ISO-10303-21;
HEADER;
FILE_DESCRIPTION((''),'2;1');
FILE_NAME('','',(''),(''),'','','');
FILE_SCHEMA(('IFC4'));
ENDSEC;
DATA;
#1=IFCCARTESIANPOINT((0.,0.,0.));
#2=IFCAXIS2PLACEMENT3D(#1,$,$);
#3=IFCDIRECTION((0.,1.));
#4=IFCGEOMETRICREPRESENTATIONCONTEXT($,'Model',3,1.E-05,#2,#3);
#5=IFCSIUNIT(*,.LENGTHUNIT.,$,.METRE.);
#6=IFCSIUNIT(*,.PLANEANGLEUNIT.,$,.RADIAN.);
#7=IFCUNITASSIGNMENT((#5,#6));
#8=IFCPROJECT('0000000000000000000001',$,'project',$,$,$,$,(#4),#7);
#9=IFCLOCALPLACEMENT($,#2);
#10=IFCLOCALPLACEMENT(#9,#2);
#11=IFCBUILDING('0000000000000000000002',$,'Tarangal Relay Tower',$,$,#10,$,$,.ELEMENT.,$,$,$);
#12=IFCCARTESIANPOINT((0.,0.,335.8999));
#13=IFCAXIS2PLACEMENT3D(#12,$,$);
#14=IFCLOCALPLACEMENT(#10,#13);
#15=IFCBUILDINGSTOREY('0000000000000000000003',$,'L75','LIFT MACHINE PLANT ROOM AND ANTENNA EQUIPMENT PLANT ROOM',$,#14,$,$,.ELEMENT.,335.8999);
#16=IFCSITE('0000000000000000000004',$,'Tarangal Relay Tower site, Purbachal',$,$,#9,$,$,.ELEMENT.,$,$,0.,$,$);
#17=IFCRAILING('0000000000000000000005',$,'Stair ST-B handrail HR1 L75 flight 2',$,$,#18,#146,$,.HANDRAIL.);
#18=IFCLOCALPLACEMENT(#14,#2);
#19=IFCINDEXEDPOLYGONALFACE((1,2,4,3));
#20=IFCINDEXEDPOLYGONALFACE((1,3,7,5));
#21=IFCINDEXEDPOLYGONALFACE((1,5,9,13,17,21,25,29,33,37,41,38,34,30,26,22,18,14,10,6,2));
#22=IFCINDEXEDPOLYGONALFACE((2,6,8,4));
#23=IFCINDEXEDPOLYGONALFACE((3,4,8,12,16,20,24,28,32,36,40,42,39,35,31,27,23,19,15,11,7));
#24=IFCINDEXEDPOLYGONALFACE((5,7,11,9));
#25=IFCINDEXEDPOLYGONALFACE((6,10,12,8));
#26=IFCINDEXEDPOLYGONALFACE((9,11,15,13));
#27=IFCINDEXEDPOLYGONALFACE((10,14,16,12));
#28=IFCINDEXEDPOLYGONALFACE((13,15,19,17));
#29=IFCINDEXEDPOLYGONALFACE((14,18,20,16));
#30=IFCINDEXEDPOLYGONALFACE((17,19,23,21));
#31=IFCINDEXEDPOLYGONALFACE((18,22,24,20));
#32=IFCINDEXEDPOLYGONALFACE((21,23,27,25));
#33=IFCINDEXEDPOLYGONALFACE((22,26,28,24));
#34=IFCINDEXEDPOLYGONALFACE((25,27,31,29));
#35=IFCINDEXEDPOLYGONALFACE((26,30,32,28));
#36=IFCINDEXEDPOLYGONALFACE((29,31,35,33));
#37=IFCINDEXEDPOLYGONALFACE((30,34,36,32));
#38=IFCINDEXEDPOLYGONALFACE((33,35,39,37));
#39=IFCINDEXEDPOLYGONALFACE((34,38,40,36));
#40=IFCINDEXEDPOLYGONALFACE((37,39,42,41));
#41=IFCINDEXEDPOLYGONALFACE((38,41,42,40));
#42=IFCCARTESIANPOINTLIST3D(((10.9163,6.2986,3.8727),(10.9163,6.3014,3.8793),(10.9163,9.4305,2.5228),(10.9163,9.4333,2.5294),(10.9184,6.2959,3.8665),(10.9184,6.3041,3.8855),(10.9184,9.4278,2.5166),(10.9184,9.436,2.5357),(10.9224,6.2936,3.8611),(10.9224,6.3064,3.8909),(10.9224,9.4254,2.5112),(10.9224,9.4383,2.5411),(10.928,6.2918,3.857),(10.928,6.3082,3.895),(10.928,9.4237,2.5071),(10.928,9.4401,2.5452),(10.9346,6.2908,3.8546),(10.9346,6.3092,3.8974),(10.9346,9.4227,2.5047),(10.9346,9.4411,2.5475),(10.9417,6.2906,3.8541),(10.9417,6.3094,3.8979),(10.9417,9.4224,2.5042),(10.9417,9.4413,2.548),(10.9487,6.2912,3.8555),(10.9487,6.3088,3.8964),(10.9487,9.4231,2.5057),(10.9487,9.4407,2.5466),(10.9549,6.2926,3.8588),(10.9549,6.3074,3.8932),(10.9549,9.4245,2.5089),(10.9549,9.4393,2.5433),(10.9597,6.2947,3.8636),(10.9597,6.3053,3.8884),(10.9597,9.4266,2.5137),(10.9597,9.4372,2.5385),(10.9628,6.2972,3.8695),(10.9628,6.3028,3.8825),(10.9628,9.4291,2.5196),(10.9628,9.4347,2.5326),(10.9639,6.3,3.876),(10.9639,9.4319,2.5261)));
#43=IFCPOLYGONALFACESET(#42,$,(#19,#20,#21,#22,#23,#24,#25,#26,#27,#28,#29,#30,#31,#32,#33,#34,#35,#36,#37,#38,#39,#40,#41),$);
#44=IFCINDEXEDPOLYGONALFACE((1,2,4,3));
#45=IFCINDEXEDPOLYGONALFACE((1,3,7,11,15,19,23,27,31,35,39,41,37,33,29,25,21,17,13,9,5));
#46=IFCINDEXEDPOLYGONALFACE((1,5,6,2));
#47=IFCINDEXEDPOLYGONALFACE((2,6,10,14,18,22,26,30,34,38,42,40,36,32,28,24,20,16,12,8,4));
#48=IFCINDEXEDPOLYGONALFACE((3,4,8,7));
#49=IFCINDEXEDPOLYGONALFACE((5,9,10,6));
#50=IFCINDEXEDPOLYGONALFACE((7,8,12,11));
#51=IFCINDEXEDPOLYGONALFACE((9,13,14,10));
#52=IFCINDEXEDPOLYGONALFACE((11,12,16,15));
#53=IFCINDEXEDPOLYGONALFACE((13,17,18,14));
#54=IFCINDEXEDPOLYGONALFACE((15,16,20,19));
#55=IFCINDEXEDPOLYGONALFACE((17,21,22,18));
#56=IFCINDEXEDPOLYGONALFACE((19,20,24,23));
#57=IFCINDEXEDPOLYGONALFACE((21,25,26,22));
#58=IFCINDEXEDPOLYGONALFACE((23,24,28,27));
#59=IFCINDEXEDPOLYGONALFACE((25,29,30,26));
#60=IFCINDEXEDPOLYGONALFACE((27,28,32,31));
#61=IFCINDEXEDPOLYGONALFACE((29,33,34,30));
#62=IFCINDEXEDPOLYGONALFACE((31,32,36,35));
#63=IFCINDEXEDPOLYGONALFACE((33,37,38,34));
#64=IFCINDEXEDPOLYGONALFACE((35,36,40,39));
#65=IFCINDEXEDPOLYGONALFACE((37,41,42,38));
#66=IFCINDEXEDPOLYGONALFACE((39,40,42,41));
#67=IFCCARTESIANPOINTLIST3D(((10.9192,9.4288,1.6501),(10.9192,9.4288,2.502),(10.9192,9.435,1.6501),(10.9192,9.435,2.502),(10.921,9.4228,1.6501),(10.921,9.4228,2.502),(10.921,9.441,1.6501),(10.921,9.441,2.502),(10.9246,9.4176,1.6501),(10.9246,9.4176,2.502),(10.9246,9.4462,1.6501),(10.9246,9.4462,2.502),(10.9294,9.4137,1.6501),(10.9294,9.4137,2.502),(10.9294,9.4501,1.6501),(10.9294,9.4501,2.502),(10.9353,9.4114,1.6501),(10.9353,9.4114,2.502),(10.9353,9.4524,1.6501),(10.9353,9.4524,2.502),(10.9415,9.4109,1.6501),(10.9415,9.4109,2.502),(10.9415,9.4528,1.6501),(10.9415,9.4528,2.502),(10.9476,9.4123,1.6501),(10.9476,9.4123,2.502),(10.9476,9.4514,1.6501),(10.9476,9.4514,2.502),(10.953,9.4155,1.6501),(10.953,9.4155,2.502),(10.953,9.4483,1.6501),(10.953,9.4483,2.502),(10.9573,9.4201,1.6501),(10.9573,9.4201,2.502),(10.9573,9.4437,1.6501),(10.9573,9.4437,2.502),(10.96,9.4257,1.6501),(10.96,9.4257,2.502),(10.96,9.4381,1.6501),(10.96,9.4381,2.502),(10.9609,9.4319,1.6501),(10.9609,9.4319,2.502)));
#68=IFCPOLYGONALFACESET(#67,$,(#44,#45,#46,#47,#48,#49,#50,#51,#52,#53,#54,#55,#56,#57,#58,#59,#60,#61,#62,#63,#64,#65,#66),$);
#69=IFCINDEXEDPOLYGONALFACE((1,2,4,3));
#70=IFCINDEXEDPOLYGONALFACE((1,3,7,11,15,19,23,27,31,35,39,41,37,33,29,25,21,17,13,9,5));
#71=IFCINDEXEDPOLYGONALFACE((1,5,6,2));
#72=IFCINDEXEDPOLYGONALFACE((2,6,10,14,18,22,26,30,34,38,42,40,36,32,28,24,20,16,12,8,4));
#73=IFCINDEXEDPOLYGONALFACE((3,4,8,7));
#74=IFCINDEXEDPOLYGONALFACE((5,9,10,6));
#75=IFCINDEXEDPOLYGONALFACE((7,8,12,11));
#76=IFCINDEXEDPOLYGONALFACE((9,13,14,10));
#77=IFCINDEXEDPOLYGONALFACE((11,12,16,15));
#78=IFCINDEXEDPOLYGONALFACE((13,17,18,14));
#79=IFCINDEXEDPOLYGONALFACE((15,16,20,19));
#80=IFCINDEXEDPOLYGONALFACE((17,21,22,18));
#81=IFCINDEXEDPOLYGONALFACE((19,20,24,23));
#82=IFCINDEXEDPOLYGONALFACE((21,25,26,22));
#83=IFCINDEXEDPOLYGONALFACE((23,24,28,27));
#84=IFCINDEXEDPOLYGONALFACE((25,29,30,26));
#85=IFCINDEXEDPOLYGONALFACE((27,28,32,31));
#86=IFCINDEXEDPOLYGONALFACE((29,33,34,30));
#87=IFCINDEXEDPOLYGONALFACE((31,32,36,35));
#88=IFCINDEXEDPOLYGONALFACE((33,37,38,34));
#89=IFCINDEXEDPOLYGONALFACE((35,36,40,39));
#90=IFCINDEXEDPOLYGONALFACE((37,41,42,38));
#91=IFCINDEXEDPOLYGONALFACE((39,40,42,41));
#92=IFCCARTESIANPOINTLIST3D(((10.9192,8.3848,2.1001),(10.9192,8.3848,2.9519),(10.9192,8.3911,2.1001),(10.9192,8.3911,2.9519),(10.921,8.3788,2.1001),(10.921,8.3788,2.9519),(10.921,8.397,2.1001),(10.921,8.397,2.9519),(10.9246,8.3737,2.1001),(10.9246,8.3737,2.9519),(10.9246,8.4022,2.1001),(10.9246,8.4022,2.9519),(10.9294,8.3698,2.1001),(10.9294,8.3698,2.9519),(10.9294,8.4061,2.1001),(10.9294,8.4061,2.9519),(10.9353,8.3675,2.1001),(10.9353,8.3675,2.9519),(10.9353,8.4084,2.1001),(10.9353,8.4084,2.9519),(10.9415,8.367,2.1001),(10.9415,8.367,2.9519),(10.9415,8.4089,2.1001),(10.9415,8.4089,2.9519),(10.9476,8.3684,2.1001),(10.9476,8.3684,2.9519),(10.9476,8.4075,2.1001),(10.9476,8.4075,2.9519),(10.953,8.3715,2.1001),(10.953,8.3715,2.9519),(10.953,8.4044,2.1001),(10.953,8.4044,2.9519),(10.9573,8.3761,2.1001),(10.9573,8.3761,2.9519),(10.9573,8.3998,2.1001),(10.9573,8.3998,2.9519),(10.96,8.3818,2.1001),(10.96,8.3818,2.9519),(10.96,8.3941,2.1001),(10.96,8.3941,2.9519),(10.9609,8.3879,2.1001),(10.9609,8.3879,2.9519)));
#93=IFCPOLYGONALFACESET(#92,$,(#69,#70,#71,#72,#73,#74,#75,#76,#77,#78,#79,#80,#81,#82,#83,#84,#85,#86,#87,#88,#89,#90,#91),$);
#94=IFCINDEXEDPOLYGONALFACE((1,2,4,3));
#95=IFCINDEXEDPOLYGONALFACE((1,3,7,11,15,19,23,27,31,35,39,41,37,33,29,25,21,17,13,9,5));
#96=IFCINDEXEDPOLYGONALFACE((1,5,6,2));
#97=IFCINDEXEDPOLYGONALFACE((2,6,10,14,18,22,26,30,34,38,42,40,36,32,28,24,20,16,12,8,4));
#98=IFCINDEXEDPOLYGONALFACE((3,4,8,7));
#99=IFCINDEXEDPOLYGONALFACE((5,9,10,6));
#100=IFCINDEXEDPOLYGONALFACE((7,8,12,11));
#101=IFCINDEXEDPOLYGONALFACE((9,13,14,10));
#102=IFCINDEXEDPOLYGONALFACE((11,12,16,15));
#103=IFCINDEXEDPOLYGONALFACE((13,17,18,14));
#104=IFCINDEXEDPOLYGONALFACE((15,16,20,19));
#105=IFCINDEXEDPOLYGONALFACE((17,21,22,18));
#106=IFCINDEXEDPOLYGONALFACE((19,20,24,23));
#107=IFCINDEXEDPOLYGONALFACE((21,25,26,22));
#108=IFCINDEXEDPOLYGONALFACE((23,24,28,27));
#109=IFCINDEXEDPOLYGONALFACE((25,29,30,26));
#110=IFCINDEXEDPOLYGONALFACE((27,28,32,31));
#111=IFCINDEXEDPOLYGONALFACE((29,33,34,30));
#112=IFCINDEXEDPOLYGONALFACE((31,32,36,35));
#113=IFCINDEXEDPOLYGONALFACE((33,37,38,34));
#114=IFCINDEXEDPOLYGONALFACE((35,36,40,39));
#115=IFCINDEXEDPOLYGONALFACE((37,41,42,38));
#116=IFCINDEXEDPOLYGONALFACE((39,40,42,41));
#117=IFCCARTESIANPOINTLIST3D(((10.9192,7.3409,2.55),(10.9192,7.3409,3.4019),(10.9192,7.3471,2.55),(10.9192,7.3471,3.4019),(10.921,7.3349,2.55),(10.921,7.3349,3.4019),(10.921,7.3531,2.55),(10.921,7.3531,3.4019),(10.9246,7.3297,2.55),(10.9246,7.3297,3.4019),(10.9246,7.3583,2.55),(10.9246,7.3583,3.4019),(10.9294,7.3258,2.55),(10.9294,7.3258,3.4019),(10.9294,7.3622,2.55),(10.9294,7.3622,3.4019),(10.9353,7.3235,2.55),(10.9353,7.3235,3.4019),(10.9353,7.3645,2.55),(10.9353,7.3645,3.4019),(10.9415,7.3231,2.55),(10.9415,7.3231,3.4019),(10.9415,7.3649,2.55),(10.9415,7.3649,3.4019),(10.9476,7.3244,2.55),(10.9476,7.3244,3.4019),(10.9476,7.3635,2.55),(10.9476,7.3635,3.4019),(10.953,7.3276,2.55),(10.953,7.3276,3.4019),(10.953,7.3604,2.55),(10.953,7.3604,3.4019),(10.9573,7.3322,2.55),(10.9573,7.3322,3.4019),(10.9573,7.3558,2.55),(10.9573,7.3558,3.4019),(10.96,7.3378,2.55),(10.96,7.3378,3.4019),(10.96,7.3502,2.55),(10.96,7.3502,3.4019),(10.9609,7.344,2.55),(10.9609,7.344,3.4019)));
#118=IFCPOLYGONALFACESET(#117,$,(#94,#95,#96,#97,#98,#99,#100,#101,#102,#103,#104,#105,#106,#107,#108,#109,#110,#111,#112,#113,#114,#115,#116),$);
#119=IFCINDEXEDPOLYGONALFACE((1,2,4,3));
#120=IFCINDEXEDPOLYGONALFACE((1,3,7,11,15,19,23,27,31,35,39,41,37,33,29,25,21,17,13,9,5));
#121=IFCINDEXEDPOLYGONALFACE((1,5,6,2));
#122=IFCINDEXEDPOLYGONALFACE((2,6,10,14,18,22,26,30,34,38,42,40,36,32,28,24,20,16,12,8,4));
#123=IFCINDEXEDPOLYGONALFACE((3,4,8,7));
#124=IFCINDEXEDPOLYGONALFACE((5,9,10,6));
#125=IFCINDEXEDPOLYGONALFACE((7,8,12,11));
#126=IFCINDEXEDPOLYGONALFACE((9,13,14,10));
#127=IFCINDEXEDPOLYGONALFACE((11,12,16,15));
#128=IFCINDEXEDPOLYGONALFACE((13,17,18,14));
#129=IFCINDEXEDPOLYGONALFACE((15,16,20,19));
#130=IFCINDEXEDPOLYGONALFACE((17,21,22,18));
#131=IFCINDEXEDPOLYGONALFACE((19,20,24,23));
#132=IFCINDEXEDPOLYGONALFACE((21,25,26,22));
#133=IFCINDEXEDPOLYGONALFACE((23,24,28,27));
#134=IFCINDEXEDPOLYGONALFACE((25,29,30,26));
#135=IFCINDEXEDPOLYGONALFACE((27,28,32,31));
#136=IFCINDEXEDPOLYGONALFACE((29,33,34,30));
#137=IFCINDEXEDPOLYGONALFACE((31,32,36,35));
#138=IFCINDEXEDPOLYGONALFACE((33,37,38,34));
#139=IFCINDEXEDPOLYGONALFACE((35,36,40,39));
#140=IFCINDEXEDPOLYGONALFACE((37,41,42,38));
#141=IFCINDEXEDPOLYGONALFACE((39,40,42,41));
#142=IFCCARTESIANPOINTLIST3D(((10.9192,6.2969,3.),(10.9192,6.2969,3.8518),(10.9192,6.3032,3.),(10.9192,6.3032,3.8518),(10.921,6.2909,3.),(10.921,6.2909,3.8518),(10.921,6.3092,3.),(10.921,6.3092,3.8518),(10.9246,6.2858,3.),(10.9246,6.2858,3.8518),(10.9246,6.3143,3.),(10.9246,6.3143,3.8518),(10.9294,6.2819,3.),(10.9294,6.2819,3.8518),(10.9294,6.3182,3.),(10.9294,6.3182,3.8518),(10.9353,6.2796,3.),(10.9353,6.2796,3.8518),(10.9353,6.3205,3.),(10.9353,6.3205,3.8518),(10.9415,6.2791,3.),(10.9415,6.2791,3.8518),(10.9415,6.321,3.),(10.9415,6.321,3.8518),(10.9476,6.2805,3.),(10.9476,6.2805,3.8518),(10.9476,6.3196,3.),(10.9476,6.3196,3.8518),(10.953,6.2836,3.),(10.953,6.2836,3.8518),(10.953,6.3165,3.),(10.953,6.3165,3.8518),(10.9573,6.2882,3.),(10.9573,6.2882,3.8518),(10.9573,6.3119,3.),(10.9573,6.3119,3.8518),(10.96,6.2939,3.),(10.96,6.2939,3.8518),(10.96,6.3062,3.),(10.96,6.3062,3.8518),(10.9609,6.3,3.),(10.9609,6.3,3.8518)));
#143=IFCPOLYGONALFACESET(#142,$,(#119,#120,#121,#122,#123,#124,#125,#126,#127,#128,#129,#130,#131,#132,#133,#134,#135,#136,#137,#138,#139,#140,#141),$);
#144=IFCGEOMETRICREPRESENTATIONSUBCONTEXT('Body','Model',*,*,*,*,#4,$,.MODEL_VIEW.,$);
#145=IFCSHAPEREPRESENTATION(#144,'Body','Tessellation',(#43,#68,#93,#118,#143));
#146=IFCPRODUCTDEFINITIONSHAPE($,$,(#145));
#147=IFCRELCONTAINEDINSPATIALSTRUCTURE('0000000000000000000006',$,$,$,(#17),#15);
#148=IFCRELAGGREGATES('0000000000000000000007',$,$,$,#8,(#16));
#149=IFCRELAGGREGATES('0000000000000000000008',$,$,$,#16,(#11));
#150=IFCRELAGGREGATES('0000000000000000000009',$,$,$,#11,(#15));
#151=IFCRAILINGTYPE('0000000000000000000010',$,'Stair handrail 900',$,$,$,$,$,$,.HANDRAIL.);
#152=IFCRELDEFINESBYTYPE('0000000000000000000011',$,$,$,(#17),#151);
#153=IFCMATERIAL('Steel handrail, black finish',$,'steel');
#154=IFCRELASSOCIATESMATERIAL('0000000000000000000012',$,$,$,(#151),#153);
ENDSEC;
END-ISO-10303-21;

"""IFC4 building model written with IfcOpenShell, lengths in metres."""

from ifc_helpers import new_model, si_unit, direction, frame, origin, origin_2d, place, context, subcontext, project, spatial, circle, extrude, material, type_object, element, save


model = new_model("IFC4")

# Units and contexts
model_context = context("Model", 3, precision=1e-05, world=origin(), true_north=direction((0.0, 1.0)))
body_context = subcontext(model_context, "Body", "Model", "MODEL_VIEW")
ifc_project = project(units=[si_unit("LENGTHUNIT", "METRE"), si_unit("PLANEANGLEUNIT", "RADIAN")], contexts=[model_context])

# Site, building, storey
site_placement = place(None, origin())
site = spatial("IfcSite", under=ifc_project, at=site_placement, Name="Tarangal Relay Tower site, Purbachal", CompositionType="ELEMENT", RefElevation=0.0)
building_placement = place(site_placement, origin())
building = spatial("IfcBuilding", under=site, at=building_placement, Name="Tarangal Relay Tower", CompositionType="ELEMENT")
storey_placement = place(building_placement, frame((0.0, 0.0, 335.8999)))
storey = spatial("IfcBuildingStorey", under=building, at=storey_placement, Name="L75", Description="LIFT MACHINE PLANT ROOM AND ANTENNA EQUIPMENT PLANT ROOM", CompositionType="ELEMENT", Elevation=335.8999)

# Railing
ifc_material_1 = material(Name="Steel handrail, black finish", Category="steel")
railing_type_1 = type_object("IfcRailingType", Name="Stair handrail 900", PredefinedType="HANDRAIL", material=ifc_material_1)
for number, where, name in (
    (1, (10.9399, 9.4319, 1.6501), "Stair ST-B handrail HR1 L75 flight 2"),
):
    element("IfcRailing", number, at=place(storey_placement, frame(where)), inside=storey, type_object=railing_type_1, Name=name, PredefinedType="HANDRAIL", context=body_context, shape_type="SweptSolid", body=[
        extrude(circle(Radius=0.0239, at=origin_2d()), frame((0.0, 0.0, 0.876), z_axis=(0.0, -0.918332, 0.395811), x_axis=(1.0, 0.0, 0.0)), (0.0, 0.0, 1.0), 3.4104),
        extrude(circle(Radius=0.021, at=origin_2d()), origin(), (0.0, 0.0, 1.0), 0.8518),
        extrude(circle(Radius=0.021, at=origin_2d()), frame((0.0, -1.0439, 0.45)), (0.0, 0.0, 1.0), 0.8518),
        extrude(circle(Radius=0.021, at=origin_2d()), frame((0.0, -2.0879, 0.8999)), (0.0, 0.0, 1.0), 0.8518),
        extrude(circle(Radius=0.021, at=origin_2d()), frame((0.0, -3.1318, 1.3499)), (0.0, 0.0, 1.0), 0.8518),
    ])

save(model, "model.ifc")
